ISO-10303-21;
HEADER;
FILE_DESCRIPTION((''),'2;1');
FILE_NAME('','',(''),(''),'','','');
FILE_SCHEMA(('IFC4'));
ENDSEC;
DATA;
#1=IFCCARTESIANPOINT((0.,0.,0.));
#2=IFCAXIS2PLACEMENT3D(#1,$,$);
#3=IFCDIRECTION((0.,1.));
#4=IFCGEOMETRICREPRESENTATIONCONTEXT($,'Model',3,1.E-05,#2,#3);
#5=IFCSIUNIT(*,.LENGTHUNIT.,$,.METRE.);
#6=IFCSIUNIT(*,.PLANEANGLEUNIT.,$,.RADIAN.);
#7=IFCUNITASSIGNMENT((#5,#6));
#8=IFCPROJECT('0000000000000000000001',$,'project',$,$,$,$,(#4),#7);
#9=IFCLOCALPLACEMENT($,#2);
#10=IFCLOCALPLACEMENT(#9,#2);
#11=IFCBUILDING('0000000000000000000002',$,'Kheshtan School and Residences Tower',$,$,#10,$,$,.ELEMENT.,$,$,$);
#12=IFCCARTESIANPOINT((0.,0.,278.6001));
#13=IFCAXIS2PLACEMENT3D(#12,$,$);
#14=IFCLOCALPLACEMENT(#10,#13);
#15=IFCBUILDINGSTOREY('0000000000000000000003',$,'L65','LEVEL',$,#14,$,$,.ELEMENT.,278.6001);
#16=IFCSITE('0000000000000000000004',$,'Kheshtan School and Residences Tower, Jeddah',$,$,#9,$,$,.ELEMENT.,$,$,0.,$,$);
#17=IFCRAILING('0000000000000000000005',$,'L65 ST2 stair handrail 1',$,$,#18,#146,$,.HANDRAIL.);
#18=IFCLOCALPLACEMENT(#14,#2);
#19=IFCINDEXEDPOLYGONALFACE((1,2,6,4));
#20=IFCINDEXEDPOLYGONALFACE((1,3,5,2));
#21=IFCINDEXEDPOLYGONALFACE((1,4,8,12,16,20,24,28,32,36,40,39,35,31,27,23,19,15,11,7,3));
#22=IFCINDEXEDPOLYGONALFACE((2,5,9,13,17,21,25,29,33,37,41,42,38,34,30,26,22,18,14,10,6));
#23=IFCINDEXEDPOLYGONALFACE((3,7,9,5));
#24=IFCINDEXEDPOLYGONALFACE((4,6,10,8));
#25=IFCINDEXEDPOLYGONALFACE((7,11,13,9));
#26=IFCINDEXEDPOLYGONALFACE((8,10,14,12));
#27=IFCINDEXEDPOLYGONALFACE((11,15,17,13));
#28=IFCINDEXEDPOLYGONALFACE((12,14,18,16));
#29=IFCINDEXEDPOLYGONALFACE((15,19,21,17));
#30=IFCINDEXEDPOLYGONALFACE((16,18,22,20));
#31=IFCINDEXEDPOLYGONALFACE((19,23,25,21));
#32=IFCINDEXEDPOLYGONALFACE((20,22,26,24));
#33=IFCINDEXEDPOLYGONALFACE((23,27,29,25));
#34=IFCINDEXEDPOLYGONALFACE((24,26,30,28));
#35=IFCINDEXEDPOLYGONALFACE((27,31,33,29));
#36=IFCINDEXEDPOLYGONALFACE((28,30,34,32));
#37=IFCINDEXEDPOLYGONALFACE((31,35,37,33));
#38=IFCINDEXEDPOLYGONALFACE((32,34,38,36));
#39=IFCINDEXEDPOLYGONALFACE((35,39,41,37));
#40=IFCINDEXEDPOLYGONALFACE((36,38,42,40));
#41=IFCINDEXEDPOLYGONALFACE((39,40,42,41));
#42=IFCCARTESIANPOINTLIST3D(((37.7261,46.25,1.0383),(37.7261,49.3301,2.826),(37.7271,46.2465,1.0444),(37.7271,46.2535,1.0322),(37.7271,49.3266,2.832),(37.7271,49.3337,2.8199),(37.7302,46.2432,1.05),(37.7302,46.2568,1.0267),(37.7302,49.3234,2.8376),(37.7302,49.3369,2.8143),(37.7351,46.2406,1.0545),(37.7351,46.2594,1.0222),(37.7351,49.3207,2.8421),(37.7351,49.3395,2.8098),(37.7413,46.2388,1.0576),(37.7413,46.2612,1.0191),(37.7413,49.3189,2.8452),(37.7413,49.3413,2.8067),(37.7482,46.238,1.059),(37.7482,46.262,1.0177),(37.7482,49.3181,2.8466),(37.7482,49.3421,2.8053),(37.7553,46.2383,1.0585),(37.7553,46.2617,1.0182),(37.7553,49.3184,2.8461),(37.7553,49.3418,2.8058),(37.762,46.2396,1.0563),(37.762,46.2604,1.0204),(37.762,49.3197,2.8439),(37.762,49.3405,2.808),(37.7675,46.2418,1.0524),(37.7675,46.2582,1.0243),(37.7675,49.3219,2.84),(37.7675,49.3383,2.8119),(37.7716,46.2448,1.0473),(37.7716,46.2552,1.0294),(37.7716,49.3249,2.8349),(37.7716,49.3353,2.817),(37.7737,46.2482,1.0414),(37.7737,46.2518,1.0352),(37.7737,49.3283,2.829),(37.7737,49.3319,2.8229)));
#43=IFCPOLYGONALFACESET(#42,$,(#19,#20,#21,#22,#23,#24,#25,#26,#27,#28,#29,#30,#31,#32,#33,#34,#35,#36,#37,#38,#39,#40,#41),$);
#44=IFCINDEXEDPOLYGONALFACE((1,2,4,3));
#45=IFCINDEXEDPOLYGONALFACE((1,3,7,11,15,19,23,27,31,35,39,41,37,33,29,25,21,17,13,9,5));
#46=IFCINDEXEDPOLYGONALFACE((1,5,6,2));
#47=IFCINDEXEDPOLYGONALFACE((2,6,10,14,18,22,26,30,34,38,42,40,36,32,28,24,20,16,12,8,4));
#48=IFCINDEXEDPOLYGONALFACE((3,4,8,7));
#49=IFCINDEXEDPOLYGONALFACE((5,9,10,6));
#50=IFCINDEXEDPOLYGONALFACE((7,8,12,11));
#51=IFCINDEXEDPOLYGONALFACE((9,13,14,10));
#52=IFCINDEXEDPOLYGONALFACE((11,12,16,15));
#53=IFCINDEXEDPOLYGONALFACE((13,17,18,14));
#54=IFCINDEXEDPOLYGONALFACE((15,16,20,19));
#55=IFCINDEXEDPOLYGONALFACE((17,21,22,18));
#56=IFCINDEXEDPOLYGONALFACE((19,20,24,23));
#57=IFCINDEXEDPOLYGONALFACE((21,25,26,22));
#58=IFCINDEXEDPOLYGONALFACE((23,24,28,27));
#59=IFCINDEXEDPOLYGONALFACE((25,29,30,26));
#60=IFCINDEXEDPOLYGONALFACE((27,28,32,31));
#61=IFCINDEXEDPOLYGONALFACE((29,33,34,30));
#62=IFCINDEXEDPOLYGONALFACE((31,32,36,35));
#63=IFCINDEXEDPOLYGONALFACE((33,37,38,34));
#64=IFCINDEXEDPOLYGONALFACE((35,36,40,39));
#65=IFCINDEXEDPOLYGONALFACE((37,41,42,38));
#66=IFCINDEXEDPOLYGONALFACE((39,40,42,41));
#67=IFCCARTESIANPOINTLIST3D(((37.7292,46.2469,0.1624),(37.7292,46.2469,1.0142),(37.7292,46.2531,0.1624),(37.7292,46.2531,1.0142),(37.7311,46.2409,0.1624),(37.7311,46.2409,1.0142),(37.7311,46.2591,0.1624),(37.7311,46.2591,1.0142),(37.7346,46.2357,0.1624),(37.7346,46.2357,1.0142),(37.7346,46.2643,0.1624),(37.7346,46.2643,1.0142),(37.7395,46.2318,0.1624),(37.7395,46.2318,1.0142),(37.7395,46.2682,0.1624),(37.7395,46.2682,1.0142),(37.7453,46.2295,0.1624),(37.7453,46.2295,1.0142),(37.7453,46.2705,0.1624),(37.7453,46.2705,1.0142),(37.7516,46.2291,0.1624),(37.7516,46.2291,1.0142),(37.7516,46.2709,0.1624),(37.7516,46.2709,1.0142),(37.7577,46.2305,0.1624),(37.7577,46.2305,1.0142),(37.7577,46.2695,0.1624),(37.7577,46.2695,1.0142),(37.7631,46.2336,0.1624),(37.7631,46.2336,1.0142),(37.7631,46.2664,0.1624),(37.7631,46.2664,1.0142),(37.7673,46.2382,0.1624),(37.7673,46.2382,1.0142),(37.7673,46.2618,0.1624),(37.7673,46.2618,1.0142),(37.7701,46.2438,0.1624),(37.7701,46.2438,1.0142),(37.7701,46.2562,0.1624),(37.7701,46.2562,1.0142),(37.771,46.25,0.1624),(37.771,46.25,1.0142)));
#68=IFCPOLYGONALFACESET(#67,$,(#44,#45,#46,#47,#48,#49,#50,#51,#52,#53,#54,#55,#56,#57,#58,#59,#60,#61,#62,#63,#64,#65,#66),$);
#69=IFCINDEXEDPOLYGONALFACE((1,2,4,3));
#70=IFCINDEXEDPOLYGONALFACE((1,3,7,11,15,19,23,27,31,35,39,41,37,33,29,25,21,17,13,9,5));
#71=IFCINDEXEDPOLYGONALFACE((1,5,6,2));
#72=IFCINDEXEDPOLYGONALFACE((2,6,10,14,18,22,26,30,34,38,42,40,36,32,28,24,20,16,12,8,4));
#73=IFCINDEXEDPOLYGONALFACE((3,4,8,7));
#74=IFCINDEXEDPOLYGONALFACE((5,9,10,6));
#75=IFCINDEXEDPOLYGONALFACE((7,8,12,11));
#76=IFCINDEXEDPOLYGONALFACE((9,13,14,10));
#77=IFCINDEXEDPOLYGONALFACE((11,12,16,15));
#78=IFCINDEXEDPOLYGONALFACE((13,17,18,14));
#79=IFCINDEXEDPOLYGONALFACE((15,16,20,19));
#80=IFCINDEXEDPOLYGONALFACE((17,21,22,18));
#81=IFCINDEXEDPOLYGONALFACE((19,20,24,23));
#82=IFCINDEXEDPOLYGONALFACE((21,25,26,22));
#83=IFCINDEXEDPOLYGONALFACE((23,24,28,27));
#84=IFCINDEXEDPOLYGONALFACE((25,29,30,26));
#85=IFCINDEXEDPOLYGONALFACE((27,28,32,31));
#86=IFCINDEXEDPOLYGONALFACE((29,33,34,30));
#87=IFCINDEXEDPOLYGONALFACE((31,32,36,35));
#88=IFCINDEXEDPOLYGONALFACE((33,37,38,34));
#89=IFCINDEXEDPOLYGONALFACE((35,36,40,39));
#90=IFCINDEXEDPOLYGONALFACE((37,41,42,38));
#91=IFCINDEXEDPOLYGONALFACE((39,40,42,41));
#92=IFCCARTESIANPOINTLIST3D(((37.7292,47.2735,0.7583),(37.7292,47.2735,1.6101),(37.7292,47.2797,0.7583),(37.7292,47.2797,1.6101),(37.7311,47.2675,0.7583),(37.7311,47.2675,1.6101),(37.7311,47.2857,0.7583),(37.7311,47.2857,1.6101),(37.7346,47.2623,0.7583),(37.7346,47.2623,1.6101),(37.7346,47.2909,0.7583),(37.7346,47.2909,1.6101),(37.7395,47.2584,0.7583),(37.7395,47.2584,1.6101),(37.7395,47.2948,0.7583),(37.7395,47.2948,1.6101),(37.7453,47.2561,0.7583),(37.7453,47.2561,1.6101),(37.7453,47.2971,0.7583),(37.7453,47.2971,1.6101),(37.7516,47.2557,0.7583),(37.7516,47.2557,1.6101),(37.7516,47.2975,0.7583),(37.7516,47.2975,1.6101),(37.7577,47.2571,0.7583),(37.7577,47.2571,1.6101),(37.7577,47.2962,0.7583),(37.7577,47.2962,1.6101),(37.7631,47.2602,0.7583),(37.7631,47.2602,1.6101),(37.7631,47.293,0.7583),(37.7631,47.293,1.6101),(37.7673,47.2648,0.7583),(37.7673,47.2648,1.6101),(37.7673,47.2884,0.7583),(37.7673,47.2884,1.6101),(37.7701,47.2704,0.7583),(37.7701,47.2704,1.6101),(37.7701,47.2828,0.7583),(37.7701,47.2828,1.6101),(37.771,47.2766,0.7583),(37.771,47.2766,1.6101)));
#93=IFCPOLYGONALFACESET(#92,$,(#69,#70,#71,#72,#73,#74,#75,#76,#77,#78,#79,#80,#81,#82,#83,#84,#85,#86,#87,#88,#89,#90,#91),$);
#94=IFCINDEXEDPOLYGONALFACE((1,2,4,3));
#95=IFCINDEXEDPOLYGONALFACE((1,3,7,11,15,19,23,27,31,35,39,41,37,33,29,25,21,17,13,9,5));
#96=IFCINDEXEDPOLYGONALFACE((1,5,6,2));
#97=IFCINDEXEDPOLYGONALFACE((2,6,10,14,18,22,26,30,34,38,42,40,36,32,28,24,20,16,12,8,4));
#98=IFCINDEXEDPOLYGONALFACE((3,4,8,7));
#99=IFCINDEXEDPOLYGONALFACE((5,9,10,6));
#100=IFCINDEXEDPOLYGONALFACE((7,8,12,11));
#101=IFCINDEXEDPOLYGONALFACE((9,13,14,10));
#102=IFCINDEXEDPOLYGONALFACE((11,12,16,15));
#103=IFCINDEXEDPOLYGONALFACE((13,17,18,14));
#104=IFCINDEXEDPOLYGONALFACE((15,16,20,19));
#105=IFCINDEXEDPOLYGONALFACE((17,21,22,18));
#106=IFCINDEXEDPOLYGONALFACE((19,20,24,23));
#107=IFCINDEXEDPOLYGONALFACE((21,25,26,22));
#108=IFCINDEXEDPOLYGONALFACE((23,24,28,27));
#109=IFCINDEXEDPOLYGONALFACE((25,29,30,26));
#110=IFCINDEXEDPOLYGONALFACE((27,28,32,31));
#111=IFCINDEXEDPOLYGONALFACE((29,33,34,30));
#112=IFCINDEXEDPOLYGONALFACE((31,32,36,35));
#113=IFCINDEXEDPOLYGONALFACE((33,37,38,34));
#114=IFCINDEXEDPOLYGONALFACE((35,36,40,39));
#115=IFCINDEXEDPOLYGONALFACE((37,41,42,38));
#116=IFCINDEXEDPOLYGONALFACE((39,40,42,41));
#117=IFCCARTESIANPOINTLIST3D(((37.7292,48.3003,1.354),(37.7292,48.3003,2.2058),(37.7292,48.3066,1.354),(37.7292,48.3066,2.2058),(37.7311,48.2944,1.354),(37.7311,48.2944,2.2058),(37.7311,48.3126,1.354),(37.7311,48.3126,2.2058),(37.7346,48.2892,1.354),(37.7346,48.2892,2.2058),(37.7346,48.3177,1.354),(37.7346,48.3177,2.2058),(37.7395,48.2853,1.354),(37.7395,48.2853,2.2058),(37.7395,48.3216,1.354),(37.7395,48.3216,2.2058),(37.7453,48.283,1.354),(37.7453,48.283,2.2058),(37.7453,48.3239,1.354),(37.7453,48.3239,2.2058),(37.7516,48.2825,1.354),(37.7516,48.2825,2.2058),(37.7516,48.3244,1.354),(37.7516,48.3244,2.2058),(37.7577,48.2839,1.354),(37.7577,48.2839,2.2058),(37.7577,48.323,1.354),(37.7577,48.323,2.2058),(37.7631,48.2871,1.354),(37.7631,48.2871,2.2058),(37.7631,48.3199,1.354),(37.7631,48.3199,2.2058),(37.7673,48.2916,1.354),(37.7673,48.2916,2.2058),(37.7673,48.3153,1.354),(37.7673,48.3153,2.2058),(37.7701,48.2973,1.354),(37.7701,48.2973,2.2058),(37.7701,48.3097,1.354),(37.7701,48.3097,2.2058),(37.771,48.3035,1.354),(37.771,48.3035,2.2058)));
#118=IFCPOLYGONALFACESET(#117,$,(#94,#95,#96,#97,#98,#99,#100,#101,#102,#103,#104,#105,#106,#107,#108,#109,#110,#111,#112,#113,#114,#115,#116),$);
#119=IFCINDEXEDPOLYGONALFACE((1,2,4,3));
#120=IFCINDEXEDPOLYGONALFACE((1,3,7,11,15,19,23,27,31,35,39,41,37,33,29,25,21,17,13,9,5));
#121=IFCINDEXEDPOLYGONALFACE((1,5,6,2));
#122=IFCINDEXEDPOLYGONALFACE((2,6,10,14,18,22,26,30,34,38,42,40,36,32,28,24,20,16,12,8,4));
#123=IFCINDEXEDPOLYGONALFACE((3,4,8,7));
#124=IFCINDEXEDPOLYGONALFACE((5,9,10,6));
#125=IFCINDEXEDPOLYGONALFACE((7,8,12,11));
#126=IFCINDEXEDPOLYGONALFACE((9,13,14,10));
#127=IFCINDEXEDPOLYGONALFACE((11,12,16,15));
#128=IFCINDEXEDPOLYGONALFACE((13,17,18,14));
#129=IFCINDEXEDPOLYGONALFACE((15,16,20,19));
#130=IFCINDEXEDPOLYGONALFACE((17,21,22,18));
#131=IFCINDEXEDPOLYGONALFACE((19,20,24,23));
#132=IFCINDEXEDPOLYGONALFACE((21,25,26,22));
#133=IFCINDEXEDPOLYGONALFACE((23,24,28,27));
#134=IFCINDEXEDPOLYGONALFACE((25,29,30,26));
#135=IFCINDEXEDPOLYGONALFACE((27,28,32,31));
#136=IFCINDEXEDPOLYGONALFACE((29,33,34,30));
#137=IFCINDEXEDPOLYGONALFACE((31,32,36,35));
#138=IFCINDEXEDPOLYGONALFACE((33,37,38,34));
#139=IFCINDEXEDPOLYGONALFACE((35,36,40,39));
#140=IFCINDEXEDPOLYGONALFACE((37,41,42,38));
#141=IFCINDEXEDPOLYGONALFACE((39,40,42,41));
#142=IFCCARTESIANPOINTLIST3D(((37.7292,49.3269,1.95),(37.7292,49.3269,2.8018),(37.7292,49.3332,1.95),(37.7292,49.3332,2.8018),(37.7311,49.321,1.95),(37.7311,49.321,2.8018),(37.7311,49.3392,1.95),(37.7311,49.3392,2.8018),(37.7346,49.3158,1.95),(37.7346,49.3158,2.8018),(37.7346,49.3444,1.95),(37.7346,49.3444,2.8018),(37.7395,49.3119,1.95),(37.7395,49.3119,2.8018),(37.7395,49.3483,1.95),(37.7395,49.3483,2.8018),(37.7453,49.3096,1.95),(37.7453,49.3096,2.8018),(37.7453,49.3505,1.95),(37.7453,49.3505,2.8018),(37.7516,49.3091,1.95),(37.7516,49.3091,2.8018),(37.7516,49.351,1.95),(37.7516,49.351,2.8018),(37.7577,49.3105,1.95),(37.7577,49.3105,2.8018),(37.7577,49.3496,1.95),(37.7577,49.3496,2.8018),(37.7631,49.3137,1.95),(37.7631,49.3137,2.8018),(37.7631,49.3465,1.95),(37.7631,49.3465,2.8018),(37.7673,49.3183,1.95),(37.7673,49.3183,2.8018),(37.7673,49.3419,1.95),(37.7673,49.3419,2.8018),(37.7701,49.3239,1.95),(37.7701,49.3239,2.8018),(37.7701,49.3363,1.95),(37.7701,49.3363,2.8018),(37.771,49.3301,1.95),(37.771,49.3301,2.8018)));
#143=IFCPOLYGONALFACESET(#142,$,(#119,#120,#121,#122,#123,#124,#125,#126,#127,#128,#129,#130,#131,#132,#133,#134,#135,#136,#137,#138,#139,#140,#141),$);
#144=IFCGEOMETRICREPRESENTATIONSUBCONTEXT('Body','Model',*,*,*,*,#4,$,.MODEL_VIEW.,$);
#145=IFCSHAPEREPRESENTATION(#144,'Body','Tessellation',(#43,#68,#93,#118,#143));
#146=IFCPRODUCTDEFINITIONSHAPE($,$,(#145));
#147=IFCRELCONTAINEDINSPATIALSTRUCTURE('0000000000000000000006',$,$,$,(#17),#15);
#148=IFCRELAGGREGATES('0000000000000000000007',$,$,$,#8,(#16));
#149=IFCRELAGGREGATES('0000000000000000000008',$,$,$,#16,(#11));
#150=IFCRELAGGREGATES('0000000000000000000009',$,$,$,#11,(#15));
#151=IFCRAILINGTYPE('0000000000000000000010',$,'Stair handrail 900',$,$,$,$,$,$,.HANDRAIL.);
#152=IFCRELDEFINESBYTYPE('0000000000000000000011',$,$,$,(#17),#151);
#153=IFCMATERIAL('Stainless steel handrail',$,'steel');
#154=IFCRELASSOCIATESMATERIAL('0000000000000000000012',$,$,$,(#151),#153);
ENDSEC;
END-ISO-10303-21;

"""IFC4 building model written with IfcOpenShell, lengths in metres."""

from ifc_helpers import new_model, si_unit, direction, frame, origin, origin_2d, place, context, subcontext, project, spatial, circle, extrude, material, type_object, element, save


model = new_model("IFC4")

# Units and contexts
model_context = context("Model", 3, precision=1e-05, world=origin(), true_north=direction((0.0, 1.0)))
body_context = subcontext(model_context, "Body", "Model", "MODEL_VIEW")
ifc_project = project(units=[si_unit("LENGTHUNIT", "METRE"), si_unit("PLANEANGLEUNIT", "RADIAN")], contexts=[model_context])

# Site, building, storey
site_placement = place(None, origin())
site = spatial("IfcSite", under=ifc_project, at=site_placement, Name="Kheshtan School and Residences Tower, Jeddah", CompositionType="ELEMENT", RefElevation=0.0)
building_placement = place(site_placement, origin())
building = spatial("IfcBuilding", under=site, at=building_placement, Name="Kheshtan School and Residences Tower", CompositionType="ELEMENT")
storey_placement = place(building_placement, frame((0.0, 0.0, 278.6001)))
storey = spatial("IfcBuildingStorey", under=building, at=storey_placement, Name="L65", Description="LEVEL", CompositionType="ELEMENT", Elevation=278.6001)

# Railing
ifc_material_1 = material(Name="Stainless steel handrail", Category="steel")
railing_type_1 = type_object("IfcRailingType", Name="Stair handrail 900", PredefinedType="HANDRAIL", material=ifc_material_1)
railing_1_placement = place(storey_placement, frame((37.75, 46.25, 0.1624)))
element("IfcRailing", 1, at=railing_1_placement, inside=storey, type_object=railing_type_1, Name="L65 ST2 stair handrail 1", PredefinedType="HANDRAIL", context=body_context, shape_type="SweptSolid", body=[
    extrude(circle(Radius=0.0239, at=origin_2d()), frame((0.0, 0.0, 0.876), z_axis=(0.0, 0.864891, 0.50196), x_axis=(-1.0, 0.0, 0.0)), (0.0, 0.0, 1.0), 3.5613),
    extrude(circle(Radius=0.021, at=origin_2d()), origin(), (0.0, 0.0, 1.0), 0.8518),
    extrude(circle(Radius=0.021, at=origin_2d()), frame((0.0, 1.0266, 0.5959)), (0.0, 0.0, 1.0), 0.8518),
    extrude(circle(Radius=0.021, at=origin_2d()), frame((0.0, 2.0535, 1.1917)), (0.0, 0.0, 1.0), 0.8518),
    extrude(circle(Radius=0.021, at=origin_2d()), frame((0.0, 3.0801, 1.7876)), (0.0, 0.0, 1.0), 0.8518),
])

save(model, "model.ifc")
